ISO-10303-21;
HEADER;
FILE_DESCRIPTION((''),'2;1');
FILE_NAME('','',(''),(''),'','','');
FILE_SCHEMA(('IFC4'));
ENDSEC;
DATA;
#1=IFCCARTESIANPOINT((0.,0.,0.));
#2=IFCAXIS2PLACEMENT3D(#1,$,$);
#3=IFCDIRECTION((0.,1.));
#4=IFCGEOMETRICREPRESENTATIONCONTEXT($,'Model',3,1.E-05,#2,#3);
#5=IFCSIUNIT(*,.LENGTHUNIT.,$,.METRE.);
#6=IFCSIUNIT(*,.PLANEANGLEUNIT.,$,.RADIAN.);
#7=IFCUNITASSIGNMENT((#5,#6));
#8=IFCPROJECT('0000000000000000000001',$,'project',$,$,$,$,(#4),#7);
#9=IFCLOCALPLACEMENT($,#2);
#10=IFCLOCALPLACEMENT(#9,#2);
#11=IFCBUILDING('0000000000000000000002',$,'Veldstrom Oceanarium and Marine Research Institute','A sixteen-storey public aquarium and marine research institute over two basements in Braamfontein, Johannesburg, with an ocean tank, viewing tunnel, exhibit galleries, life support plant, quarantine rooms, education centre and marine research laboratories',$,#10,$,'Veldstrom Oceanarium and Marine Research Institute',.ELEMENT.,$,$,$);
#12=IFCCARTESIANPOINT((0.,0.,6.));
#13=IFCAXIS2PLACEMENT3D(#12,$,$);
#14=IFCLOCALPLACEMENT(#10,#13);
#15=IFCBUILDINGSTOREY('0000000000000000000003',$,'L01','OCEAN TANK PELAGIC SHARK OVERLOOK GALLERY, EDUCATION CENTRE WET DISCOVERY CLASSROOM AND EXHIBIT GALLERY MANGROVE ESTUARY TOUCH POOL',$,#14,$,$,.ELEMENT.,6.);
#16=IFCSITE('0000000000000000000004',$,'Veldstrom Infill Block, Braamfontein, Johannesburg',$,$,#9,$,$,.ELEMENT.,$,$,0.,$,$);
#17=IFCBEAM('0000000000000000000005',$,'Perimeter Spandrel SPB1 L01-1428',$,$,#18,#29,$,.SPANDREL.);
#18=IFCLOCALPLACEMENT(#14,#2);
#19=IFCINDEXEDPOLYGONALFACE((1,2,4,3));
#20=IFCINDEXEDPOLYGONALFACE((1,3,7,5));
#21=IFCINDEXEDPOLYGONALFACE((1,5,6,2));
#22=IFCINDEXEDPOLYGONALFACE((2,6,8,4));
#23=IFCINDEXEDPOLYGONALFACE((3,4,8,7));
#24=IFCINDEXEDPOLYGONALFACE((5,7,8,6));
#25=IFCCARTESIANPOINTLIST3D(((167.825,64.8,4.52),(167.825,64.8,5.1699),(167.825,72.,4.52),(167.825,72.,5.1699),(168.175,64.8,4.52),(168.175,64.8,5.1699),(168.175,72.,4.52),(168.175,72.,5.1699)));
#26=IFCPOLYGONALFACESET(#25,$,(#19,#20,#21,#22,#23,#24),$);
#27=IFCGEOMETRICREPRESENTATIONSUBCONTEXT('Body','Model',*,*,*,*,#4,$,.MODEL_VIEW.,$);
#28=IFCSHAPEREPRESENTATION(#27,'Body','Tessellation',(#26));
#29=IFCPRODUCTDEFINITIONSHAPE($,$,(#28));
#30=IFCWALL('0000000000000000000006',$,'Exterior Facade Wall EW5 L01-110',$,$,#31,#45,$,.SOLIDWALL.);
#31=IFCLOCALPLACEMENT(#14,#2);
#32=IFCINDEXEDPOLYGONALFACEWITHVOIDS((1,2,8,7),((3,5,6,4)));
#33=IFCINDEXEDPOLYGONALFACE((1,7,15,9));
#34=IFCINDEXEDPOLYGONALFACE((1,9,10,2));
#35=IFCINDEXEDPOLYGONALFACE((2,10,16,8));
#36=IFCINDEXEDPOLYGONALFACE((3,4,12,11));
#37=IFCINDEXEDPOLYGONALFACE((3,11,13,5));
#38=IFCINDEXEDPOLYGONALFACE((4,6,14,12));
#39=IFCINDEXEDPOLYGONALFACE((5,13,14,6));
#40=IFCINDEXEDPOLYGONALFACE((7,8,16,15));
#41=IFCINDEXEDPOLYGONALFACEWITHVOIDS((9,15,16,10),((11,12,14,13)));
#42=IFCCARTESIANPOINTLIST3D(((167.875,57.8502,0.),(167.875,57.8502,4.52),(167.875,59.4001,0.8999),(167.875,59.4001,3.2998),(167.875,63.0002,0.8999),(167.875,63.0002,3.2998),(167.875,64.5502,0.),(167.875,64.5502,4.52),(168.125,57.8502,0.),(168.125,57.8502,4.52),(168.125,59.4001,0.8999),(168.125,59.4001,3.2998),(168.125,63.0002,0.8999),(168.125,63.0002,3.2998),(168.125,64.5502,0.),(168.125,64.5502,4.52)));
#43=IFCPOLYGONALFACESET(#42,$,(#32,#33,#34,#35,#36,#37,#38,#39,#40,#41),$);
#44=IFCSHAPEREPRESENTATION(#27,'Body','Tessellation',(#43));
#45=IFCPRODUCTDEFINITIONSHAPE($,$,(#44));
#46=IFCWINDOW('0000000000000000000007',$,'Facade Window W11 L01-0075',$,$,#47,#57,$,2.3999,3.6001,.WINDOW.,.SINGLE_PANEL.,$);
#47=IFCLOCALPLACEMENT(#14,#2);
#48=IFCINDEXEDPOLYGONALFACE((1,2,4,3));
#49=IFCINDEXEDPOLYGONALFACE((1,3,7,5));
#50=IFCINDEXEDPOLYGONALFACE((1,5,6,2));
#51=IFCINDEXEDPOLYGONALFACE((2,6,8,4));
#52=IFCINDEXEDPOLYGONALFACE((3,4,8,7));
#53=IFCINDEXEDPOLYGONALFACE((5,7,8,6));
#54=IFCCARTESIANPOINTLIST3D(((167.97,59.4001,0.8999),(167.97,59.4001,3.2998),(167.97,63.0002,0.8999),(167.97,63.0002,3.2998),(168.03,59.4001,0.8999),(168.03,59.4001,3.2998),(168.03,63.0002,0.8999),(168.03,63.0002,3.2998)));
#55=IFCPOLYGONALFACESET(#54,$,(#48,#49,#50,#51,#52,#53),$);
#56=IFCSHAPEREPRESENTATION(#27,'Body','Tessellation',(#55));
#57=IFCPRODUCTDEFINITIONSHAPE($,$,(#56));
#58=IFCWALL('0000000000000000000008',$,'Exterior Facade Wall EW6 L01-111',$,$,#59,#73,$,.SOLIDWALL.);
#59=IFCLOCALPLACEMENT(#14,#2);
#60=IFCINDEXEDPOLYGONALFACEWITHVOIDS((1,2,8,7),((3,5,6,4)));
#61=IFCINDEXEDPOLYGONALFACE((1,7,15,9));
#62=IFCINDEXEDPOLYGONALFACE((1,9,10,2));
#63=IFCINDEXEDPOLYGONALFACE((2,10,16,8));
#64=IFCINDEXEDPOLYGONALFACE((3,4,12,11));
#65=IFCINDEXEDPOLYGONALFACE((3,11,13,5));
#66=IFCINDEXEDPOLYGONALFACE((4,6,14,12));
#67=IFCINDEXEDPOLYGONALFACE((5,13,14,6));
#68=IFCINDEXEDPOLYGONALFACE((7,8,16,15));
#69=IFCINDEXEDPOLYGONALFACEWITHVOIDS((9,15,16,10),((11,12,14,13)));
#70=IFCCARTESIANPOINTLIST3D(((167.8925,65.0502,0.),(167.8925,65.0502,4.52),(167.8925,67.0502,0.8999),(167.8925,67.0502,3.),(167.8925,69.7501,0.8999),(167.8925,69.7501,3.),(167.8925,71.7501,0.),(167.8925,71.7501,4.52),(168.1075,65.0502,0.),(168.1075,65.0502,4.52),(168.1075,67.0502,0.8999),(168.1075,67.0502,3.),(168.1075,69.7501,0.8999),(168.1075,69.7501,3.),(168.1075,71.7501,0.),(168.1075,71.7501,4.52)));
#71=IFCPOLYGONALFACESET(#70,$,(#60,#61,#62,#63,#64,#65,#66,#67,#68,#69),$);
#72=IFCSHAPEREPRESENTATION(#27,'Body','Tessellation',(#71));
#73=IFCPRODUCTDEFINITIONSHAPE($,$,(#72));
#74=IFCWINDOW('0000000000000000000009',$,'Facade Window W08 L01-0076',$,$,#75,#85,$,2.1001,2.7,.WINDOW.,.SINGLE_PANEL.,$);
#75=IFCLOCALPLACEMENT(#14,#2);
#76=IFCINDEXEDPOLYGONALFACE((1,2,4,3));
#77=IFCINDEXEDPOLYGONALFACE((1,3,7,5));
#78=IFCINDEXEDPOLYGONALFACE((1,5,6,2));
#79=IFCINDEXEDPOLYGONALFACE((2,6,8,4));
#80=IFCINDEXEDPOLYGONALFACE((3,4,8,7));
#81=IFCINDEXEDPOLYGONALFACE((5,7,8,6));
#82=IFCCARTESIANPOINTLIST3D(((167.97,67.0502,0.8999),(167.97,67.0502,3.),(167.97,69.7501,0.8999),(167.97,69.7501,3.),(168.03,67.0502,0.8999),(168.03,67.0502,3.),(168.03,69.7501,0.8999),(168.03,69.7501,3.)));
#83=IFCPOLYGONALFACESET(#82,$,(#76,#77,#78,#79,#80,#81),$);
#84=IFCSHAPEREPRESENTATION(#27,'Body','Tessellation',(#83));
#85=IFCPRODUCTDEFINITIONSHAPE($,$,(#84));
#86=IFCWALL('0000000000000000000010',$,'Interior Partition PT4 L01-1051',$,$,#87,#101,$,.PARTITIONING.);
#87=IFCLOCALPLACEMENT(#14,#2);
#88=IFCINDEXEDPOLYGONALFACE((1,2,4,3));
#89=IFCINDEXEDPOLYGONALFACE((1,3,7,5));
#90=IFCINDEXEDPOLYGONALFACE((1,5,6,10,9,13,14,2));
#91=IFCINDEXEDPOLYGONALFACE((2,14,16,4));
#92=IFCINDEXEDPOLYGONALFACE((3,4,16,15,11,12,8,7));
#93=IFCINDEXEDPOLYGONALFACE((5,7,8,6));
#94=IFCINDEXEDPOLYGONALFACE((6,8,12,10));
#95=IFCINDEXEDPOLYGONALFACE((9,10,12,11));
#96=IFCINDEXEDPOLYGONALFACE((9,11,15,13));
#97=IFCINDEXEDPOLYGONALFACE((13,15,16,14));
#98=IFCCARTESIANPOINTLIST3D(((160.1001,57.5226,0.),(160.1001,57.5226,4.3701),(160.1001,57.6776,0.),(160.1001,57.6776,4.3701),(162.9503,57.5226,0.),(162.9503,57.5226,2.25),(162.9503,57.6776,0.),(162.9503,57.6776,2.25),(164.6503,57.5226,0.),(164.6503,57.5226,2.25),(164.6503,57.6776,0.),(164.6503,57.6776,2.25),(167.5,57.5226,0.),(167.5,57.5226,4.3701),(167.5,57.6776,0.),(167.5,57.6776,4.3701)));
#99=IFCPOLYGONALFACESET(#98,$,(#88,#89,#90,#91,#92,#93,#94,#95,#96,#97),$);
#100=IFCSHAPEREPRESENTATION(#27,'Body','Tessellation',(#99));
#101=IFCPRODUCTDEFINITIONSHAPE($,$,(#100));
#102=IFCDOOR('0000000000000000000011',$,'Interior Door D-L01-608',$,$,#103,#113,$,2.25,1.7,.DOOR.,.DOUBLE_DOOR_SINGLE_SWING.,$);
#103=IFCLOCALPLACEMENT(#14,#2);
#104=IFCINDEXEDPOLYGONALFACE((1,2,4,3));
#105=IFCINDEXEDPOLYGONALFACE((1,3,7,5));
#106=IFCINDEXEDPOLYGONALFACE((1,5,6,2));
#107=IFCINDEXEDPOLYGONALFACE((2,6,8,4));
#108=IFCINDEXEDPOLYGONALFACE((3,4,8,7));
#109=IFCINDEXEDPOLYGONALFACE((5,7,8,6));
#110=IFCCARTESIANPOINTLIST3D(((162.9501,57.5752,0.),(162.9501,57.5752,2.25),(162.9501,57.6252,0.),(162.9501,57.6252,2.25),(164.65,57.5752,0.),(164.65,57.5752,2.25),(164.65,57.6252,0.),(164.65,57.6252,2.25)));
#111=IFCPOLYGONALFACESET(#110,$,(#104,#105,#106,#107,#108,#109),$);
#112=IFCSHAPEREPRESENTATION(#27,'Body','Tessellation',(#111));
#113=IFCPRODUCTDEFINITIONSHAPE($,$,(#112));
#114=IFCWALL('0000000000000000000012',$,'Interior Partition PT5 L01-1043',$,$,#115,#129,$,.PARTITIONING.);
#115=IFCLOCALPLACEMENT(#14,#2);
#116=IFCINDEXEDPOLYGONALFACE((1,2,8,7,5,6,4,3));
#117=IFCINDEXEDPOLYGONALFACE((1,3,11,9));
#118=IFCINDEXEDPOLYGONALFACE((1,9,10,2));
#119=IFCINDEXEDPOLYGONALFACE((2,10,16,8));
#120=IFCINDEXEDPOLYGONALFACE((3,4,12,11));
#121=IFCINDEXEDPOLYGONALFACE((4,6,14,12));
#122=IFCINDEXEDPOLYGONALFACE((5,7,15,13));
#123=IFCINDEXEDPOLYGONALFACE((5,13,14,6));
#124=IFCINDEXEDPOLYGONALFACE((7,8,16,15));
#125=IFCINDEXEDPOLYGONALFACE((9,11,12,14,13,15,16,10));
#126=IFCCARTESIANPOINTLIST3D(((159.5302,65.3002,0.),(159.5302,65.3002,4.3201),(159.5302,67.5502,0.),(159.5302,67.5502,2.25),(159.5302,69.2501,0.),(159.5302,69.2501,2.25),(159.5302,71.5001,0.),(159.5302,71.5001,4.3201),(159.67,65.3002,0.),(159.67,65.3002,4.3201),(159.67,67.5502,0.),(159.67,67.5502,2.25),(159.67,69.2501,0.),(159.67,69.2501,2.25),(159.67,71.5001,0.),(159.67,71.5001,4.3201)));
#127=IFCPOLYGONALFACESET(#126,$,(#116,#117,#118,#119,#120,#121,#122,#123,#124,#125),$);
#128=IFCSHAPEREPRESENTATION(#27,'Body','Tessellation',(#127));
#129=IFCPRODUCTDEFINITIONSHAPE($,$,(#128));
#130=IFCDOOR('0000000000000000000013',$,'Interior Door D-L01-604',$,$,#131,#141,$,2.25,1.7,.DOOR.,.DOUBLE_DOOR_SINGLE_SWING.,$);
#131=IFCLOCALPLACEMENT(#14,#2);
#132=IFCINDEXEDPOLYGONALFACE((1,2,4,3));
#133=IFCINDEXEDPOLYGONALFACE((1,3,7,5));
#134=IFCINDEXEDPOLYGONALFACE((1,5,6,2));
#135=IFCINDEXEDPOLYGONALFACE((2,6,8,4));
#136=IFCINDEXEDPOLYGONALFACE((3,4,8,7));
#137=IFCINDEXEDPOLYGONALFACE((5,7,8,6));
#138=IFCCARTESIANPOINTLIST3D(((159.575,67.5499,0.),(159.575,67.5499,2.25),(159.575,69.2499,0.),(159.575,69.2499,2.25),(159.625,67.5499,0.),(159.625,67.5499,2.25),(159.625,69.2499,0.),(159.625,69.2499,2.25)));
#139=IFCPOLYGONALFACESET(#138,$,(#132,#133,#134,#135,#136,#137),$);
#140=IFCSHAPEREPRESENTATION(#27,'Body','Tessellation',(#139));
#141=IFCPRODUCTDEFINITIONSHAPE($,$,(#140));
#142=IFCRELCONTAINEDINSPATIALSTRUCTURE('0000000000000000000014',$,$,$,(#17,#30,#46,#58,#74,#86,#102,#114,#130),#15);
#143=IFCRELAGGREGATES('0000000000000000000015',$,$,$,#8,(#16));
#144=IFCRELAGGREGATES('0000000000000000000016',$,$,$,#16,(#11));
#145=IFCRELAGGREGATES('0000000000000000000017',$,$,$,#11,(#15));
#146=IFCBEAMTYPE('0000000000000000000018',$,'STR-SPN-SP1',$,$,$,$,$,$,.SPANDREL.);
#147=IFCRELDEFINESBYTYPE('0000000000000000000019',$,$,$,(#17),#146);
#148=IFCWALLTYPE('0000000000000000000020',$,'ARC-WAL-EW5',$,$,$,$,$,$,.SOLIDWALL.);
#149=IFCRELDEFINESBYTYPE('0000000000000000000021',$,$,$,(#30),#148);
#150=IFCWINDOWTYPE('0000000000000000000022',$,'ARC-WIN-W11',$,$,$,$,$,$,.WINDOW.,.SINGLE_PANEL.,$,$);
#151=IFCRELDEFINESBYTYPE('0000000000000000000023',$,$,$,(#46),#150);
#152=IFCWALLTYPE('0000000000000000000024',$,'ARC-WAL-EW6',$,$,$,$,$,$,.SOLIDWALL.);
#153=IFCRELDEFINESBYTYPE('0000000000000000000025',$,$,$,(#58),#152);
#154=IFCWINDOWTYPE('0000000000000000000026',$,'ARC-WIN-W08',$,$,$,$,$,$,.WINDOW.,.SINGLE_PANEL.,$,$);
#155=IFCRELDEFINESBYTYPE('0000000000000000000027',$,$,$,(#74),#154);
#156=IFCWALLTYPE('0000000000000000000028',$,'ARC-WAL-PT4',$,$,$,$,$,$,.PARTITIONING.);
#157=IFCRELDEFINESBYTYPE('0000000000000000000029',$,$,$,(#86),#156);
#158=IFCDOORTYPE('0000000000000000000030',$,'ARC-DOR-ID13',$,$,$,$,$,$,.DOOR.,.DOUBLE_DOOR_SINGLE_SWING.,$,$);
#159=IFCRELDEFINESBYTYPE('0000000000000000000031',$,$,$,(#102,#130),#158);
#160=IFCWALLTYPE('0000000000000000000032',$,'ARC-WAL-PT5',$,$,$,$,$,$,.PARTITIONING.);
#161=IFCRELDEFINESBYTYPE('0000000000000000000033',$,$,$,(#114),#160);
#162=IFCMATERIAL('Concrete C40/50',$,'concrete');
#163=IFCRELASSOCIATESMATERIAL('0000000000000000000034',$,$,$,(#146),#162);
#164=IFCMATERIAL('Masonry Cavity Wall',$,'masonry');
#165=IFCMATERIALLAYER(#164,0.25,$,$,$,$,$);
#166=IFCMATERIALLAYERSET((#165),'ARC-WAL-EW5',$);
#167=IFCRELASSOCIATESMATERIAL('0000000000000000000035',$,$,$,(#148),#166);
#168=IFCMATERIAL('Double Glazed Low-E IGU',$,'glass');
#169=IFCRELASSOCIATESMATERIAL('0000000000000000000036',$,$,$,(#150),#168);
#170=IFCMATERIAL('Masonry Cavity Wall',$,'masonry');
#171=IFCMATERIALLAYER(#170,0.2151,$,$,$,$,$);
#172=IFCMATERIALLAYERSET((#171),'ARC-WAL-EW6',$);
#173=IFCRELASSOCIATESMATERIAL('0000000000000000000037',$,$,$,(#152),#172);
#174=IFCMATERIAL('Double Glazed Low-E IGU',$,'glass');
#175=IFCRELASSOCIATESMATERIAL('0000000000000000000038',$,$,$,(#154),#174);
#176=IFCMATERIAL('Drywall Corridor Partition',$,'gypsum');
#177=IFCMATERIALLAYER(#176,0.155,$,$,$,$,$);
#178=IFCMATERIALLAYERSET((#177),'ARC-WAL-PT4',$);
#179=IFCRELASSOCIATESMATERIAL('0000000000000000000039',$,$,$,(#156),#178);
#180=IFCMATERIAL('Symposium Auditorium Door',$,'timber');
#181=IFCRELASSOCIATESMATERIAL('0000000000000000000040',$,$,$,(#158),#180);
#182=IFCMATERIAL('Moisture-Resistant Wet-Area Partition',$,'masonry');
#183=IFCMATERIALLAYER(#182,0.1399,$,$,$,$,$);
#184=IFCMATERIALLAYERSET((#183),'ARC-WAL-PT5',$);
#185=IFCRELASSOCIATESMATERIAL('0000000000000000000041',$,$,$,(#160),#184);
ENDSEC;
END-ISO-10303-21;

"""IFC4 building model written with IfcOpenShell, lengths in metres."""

from ifc_helpers import new_model, si_unit, direction, frame, frame_2d, origin, origin_2d, place, context, subcontext, project, spatial, rectangle, extrude, material, layer, layer_set, material_profile, profile_set, type_object, element, fill, save


model = new_model("IFC4")

# Units and contexts
model_context = context("Model", 3, precision=1e-05, world=origin(), true_north=direction((0.0, 1.0)))
body_context = subcontext(model_context, "Body", "Model", "MODEL_VIEW")
ifc_project = project(units=[si_unit("LENGTHUNIT", "METRE"), si_unit("PLANEANGLEUNIT", "RADIAN")], contexts=[model_context])

# Site, building, storey
site_placement = place(None, origin())
site = spatial("IfcSite", under=ifc_project, at=site_placement, Name="Veldstrom Infill Block, Braamfontein, Johannesburg", CompositionType="ELEMENT", RefElevation=0.0)
building_placement = place(site_placement, origin())
building = spatial("IfcBuilding", under=site, at=building_placement, Name="Veldstrom Oceanarium and Marine Research Institute", Description="A sixteen-storey public aquarium and marine research institute over two basements in Braamfontein, Johannesburg, with an ocean tank, viewing tunnel, exhibit galleries, life support plant, quarantine rooms, education centre and marine research laboratories", LongName="Veldstrom Oceanarium and Marine Research Institute", CompositionType="ELEMENT")
storey_placement = place(building_placement, frame((0.0, 0.0, 6.0)))
storey = spatial("IfcBuildingStorey", under=building, at=storey_placement, Name="L01", Description="OCEAN TANK PELAGIC SHARK OVERLOOK GALLERY, EDUCATION CENTRE WET DISCOVERY CLASSROOM AND EXHIBIT GALLERY MANGROVE ESTUARY TOUCH POOL", CompositionType="ELEMENT", Elevation=6.0)

# Beam
ifc_material_1 = material(Name="Concrete C40/50", Category="concrete")
ifc_material_profile_1 = material_profile(ifc_material_1, rectangle(XDim=0.3501, YDim=0.6499, at=origin_2d()), Name="RC-SPN-350x650")
ifc_profile_set_1 = profile_set([ifc_material_profile_1], Name="Concrete C40/50")
beam_type_1 = type_object("IfcBeamType", Name="STR-SPN-SP1", PredefinedType="SPANDREL", material=ifc_profile_set_1)
for number, where, z_axis, x_axis, name in (
    (1, (168.0, 64.8, 4.845), (0.0, 1.0, 0.0), (-1.0, 0.0, 0.0), "Perimeter Spandrel SPB1 L01-1428"),
):
    element("IfcBeam", number, at=place(storey_placement, frame(where, z_axis=z_axis, x_axis=x_axis)), inside=storey, type_object=beam_type_1, Name=name, PredefinedType="SPANDREL", context=body_context, shape_type="SweptSolid", body=[
        extrude(rectangle(XDim=0.3501, YDim=0.6499, at=origin_2d()), origin(), (0.0, 0.0, 1.0), 7.2),
    ])

# Walls, openings, windows
ifc_material_2 = material(Name="Masonry Cavity Wall", Category="masonry")
ifc_layer_1 = layer(ifc_material_2, 0.25)
ifc_layer_set_1 = layer_set([ifc_layer_1], Name="ARC-WAL-EW5")
wall_type_1 = type_object("IfcWallType", Name="ARC-WAL-EW5", PredefinedType="SOLIDWALL", material=ifc_layer_set_1)
wall_1_placement = place(storey_placement, frame((168.0, 57.8501, 0.0), z_axis=(0.0, 0.0, 1.0), x_axis=(0.0, 1.0, 0.0)))
wall_1 = element("IfcWall", 2, at=wall_1_placement, inside=storey, type_object=wall_type_1, Name="Exterior Facade Wall EW5 L01-110", PredefinedType="SOLIDWALL", context=body_context, shape_type="SweptSolid", body=[
    extrude(rectangle(XDim=6.7, YDim=0.25, at=frame_2d((3.3501, 0.0))), origin(), (0.0, 0.0, 1.0), 4.52),
])
opening_1_placement = place(wall_1_placement, frame((1.55, 0.0, 0.8999)))
opening_1 = element("IfcOpeningElement", 3, at=opening_1_placement, cuts=wall_1, PredefinedType="OPENING", context=body_context, shape_type="SweptSolid", body=[
    extrude(rectangle(XDim=3.6001, YDim=2.3999, at=frame_2d((1.8, 1.2))), frame((0.0, 0.135, 0.0), z_axis=(0.0, -1.0, 0.0), x_axis=(1.0, 0.0, 0.0)), (0.0, 0.0, 1.0), 0.27),
])
ifc_material_3 = material(Name="Double Glazed Low-E IGU", Category="glass")
window_type_1 = type_object("IfcWindowType", Name="ARC-WIN-W11", PartitioningType="SINGLE_PANEL", PredefinedType="WINDOW", material=ifc_material_3)
window_1_placement = place(opening_1_placement, origin())
window_1 = element("IfcWindow", 4, at=window_1_placement, inside=storey, type_object=window_type_1, Name="Facade Window W11 L01-0075", OverallHeight=2.3999, OverallWidth=3.6001, PartitioningType="SINGLE_PANEL", PredefinedType="WINDOW", context=body_context, shape_type="SweptSolid", body=[
    extrude(rectangle(XDim=3.6001, YDim=2.3999, at=frame_2d((1.8, 1.2))), frame((0.0, 0.03, 0.0), z_axis=(0.0, -1.0, 0.0), x_axis=(1.0, 0.0, 0.0)), (0.0, 0.0, 1.0), 0.0601),
])
fill(opening_1, window_1)
ifc_material_4 = material(Name="Masonry Cavity Wall", Category="masonry")
ifc_layer_2 = layer(ifc_material_4, 0.2151)
ifc_layer_set_2 = layer_set([ifc_layer_2], Name="ARC-WAL-EW6")
wall_type_2 = type_object("IfcWallType", Name="ARC-WAL-EW6", PredefinedType="SOLIDWALL", material=ifc_layer_set_2)
wall_2_placement = place(storey_placement, frame((168.0, 65.05, 0.0), z_axis=(0.0, 0.0, 1.0), x_axis=(0.0, 1.0, 0.0)))
wall_2 = element("IfcWall", 5, at=wall_2_placement, inside=storey, type_object=wall_type_2, Name="Exterior Facade Wall EW6 L01-111", PredefinedType="SOLIDWALL", context=body_context, shape_type="SweptSolid", body=[
    extrude(rectangle(XDim=6.7, YDim=0.2151, at=frame_2d((3.3501, 0.0))), origin(), (0.0, 0.0, 1.0), 4.52),
])
opening_2_placement = place(wall_2_placement, frame((2.0, 0.0, 0.8999)))
opening_2 = element("IfcOpeningElement", 6, at=opening_2_placement, cuts=wall_2, PredefinedType="OPENING", context=body_context, shape_type="SweptSolid", body=[
    extrude(rectangle(XDim=2.7, YDim=2.1001, at=frame_2d((1.3501, 1.05))), frame((0.0, 0.1174, 0.0), z_axis=(0.0, -1.0, 0.0), x_axis=(1.0, 0.0, 0.0)), (0.0, 0.0, 1.0), 0.2351),
])
ifc_material_5 = material(Name="Double Glazed Low-E IGU", Category="glass")
window_type_2 = type_object("IfcWindowType", Name="ARC-WIN-W08", PartitioningType="SINGLE_PANEL", PredefinedType="WINDOW", material=ifc_material_5)
window_2_placement = place(opening_2_placement, origin())
window_2 = element("IfcWindow", 7, at=window_2_placement, inside=storey, type_object=window_type_2, Name="Facade Window W08 L01-0076", OverallHeight=2.1001, OverallWidth=2.7, PartitioningType="SINGLE_PANEL", PredefinedType="WINDOW", context=body_context, shape_type="SweptSolid", body=[
    extrude(rectangle(XDim=2.7, YDim=2.1001, at=frame_2d((1.3501, 1.05))), frame((0.0, 0.03, 0.0), z_axis=(0.0, -1.0, 0.0), x_axis=(1.0, 0.0, 0.0)), (0.0, 0.0, 1.0), 0.0601),
])
fill(opening_2, window_2)

# Walls, openings, doors
ifc_material_6 = material(Name="Drywall Corridor Partition", Category="gypsum")
ifc_layer_3 = layer(ifc_material_6, 0.155)
ifc_layer_set_3 = layer_set([ifc_layer_3], Name="ARC-WAL-PT4")
wall_type_3 = type_object("IfcWallType", Name="ARC-WAL-PT4", PredefinedType="PARTITIONING", material=ifc_layer_set_3)
wall_3_placement = place(storey_placement, frame((160.1001, 57.6001, 0.0), z_axis=(0.0, 0.0, 1.0), x_axis=(1.0, 0.0, 0.0)))
wall_3 = element("IfcWall", 8, at=wall_3_placement, inside=storey, type_object=wall_type_3, Name="Interior Partition PT4 L01-1051", PredefinedType="PARTITIONING", context=body_context, shape_type="SweptSolid", body=[
    extrude(rectangle(XDim=7.3999, YDim=0.155, at=frame_2d((3.7, 0.0))), origin(), (0.0, 0.0, 1.0), 4.3701),
])
opening_3_placement = place(wall_3_placement, frame((2.8501, 0.0, 0.0)))
opening_3 = element("IfcOpeningElement", 9, at=opening_3_placement, cuts=wall_3, PredefinedType="OPENING", context=body_context, shape_type="SweptSolid", body=[
    extrude(rectangle(XDim=1.7, YDim=2.25, at=frame_2d((0.8501, 1.125))), frame((0.0, 0.0874, 0.0), z_axis=(0.0, -1.0, 0.0), x_axis=(1.0, 0.0, 0.0)), (0.0, 0.0, 1.0), 0.175),
])
ifc_material_7 = material(Name="Symposium Auditorium Door", Category="timber")
door_type_1 = type_object("IfcDoorType", Name="ARC-DOR-ID13", OperationType="DOUBLE_DOOR_SINGLE_SWING", PredefinedType="DOOR", material=ifc_material_7)
door_1_placement = place(opening_3_placement, frame((1.7, 0.0, 0.0), z_axis=(0.0, 0.0, 1.0), x_axis=(-1.0, 0.0, 0.0)))
door_1 = element("IfcDoor", 10, at=door_1_placement, inside=storey, type_object=door_type_1, Name="Interior Door D-L01-608", OperationType="DOUBLE_DOOR_SINGLE_SWING", OverallHeight=2.25, OverallWidth=1.7, PredefinedType="DOOR", context=body_context, shape_type="SweptSolid", body=[
    extrude(rectangle(XDim=1.7, YDim=2.25, at=frame_2d((0.8501, 1.125))), frame((0.0, 0.0249, 0.0), z_axis=(0.0, -1.0, 0.0), x_axis=(1.0, 0.0, 0.0)), (0.0, 0.0, 1.0), 0.05),
])
fill(opening_3, door_1)
ifc_material_8 = material(Name="Moisture-Resistant Wet-Area Partition", Category="masonry")
ifc_layer_4 = layer(ifc_material_8, 0.1399)
ifc_layer_set_4 = layer_set([ifc_layer_4], Name="ARC-WAL-PT5")
wall_type_4 = type_object("IfcWallType", Name="ARC-WAL-PT5", PredefinedType="PARTITIONING", material=ifc_layer_set_4)
wall_4_placement = place(storey_placement, frame((159.6001, 65.3, 0.0), z_axis=(0.0, 0.0, 1.0), x_axis=(0.0, 1.0, 0.0)))
wall_4 = element("IfcWall", 11, at=wall_4_placement, inside=storey, type_object=wall_type_4, Name="Interior Partition PT5 L01-1043", PredefinedType="PARTITIONING", context=body_context, shape_type="SweptSolid", body=[
    extrude(rectangle(XDim=6.2, YDim=0.1399, at=frame_2d((3.1001, 0.0))), origin(), (0.0, 0.0, 1.0), 4.3201),
])
opening_4_placement = place(wall_4_placement, frame((2.25, 0.0, 0.0)))
opening_4 = element("IfcOpeningElement", 12, at=opening_4_placement, cuts=wall_4, PredefinedType="OPENING", context=body_context, shape_type="SweptSolid", body=[
    extrude(rectangle(XDim=1.7, YDim=2.25, at=frame_2d((0.8501, 1.125))), frame((0.0, 0.0798, 0.0), z_axis=(0.0, -1.0, 0.0), x_axis=(1.0, 0.0, 0.0)), (0.0, 0.0, 1.0), 0.1599),
])
door_2_placement = place(opening_4_placement, frame((1.7, 0.0, 0.0), z_axis=(0.0, 0.0, 1.0), x_axis=(-1.0, 0.0, 0.0)))
door_2 = element("IfcDoor", 13, at=door_2_placement, inside=storey, type_object=door_type_1, Name="Interior Door D-L01-604", OperationType="DOUBLE_DOOR_SINGLE_SWING", OverallHeight=2.25, OverallWidth=1.7, PredefinedType="DOOR", context=body_context, shape_type="SweptSolid", body=[
    extrude(rectangle(XDim=1.7, YDim=2.25, at=frame_2d((0.8501, 1.125))), frame((0.0, 0.0249, 0.0), z_axis=(0.0, -1.0, 0.0), x_axis=(1.0, 0.0, 0.0)), (0.0, 0.0, 1.0), 0.05),
])
fill(opening_4, door_2)

save(model, "model.ifc")
